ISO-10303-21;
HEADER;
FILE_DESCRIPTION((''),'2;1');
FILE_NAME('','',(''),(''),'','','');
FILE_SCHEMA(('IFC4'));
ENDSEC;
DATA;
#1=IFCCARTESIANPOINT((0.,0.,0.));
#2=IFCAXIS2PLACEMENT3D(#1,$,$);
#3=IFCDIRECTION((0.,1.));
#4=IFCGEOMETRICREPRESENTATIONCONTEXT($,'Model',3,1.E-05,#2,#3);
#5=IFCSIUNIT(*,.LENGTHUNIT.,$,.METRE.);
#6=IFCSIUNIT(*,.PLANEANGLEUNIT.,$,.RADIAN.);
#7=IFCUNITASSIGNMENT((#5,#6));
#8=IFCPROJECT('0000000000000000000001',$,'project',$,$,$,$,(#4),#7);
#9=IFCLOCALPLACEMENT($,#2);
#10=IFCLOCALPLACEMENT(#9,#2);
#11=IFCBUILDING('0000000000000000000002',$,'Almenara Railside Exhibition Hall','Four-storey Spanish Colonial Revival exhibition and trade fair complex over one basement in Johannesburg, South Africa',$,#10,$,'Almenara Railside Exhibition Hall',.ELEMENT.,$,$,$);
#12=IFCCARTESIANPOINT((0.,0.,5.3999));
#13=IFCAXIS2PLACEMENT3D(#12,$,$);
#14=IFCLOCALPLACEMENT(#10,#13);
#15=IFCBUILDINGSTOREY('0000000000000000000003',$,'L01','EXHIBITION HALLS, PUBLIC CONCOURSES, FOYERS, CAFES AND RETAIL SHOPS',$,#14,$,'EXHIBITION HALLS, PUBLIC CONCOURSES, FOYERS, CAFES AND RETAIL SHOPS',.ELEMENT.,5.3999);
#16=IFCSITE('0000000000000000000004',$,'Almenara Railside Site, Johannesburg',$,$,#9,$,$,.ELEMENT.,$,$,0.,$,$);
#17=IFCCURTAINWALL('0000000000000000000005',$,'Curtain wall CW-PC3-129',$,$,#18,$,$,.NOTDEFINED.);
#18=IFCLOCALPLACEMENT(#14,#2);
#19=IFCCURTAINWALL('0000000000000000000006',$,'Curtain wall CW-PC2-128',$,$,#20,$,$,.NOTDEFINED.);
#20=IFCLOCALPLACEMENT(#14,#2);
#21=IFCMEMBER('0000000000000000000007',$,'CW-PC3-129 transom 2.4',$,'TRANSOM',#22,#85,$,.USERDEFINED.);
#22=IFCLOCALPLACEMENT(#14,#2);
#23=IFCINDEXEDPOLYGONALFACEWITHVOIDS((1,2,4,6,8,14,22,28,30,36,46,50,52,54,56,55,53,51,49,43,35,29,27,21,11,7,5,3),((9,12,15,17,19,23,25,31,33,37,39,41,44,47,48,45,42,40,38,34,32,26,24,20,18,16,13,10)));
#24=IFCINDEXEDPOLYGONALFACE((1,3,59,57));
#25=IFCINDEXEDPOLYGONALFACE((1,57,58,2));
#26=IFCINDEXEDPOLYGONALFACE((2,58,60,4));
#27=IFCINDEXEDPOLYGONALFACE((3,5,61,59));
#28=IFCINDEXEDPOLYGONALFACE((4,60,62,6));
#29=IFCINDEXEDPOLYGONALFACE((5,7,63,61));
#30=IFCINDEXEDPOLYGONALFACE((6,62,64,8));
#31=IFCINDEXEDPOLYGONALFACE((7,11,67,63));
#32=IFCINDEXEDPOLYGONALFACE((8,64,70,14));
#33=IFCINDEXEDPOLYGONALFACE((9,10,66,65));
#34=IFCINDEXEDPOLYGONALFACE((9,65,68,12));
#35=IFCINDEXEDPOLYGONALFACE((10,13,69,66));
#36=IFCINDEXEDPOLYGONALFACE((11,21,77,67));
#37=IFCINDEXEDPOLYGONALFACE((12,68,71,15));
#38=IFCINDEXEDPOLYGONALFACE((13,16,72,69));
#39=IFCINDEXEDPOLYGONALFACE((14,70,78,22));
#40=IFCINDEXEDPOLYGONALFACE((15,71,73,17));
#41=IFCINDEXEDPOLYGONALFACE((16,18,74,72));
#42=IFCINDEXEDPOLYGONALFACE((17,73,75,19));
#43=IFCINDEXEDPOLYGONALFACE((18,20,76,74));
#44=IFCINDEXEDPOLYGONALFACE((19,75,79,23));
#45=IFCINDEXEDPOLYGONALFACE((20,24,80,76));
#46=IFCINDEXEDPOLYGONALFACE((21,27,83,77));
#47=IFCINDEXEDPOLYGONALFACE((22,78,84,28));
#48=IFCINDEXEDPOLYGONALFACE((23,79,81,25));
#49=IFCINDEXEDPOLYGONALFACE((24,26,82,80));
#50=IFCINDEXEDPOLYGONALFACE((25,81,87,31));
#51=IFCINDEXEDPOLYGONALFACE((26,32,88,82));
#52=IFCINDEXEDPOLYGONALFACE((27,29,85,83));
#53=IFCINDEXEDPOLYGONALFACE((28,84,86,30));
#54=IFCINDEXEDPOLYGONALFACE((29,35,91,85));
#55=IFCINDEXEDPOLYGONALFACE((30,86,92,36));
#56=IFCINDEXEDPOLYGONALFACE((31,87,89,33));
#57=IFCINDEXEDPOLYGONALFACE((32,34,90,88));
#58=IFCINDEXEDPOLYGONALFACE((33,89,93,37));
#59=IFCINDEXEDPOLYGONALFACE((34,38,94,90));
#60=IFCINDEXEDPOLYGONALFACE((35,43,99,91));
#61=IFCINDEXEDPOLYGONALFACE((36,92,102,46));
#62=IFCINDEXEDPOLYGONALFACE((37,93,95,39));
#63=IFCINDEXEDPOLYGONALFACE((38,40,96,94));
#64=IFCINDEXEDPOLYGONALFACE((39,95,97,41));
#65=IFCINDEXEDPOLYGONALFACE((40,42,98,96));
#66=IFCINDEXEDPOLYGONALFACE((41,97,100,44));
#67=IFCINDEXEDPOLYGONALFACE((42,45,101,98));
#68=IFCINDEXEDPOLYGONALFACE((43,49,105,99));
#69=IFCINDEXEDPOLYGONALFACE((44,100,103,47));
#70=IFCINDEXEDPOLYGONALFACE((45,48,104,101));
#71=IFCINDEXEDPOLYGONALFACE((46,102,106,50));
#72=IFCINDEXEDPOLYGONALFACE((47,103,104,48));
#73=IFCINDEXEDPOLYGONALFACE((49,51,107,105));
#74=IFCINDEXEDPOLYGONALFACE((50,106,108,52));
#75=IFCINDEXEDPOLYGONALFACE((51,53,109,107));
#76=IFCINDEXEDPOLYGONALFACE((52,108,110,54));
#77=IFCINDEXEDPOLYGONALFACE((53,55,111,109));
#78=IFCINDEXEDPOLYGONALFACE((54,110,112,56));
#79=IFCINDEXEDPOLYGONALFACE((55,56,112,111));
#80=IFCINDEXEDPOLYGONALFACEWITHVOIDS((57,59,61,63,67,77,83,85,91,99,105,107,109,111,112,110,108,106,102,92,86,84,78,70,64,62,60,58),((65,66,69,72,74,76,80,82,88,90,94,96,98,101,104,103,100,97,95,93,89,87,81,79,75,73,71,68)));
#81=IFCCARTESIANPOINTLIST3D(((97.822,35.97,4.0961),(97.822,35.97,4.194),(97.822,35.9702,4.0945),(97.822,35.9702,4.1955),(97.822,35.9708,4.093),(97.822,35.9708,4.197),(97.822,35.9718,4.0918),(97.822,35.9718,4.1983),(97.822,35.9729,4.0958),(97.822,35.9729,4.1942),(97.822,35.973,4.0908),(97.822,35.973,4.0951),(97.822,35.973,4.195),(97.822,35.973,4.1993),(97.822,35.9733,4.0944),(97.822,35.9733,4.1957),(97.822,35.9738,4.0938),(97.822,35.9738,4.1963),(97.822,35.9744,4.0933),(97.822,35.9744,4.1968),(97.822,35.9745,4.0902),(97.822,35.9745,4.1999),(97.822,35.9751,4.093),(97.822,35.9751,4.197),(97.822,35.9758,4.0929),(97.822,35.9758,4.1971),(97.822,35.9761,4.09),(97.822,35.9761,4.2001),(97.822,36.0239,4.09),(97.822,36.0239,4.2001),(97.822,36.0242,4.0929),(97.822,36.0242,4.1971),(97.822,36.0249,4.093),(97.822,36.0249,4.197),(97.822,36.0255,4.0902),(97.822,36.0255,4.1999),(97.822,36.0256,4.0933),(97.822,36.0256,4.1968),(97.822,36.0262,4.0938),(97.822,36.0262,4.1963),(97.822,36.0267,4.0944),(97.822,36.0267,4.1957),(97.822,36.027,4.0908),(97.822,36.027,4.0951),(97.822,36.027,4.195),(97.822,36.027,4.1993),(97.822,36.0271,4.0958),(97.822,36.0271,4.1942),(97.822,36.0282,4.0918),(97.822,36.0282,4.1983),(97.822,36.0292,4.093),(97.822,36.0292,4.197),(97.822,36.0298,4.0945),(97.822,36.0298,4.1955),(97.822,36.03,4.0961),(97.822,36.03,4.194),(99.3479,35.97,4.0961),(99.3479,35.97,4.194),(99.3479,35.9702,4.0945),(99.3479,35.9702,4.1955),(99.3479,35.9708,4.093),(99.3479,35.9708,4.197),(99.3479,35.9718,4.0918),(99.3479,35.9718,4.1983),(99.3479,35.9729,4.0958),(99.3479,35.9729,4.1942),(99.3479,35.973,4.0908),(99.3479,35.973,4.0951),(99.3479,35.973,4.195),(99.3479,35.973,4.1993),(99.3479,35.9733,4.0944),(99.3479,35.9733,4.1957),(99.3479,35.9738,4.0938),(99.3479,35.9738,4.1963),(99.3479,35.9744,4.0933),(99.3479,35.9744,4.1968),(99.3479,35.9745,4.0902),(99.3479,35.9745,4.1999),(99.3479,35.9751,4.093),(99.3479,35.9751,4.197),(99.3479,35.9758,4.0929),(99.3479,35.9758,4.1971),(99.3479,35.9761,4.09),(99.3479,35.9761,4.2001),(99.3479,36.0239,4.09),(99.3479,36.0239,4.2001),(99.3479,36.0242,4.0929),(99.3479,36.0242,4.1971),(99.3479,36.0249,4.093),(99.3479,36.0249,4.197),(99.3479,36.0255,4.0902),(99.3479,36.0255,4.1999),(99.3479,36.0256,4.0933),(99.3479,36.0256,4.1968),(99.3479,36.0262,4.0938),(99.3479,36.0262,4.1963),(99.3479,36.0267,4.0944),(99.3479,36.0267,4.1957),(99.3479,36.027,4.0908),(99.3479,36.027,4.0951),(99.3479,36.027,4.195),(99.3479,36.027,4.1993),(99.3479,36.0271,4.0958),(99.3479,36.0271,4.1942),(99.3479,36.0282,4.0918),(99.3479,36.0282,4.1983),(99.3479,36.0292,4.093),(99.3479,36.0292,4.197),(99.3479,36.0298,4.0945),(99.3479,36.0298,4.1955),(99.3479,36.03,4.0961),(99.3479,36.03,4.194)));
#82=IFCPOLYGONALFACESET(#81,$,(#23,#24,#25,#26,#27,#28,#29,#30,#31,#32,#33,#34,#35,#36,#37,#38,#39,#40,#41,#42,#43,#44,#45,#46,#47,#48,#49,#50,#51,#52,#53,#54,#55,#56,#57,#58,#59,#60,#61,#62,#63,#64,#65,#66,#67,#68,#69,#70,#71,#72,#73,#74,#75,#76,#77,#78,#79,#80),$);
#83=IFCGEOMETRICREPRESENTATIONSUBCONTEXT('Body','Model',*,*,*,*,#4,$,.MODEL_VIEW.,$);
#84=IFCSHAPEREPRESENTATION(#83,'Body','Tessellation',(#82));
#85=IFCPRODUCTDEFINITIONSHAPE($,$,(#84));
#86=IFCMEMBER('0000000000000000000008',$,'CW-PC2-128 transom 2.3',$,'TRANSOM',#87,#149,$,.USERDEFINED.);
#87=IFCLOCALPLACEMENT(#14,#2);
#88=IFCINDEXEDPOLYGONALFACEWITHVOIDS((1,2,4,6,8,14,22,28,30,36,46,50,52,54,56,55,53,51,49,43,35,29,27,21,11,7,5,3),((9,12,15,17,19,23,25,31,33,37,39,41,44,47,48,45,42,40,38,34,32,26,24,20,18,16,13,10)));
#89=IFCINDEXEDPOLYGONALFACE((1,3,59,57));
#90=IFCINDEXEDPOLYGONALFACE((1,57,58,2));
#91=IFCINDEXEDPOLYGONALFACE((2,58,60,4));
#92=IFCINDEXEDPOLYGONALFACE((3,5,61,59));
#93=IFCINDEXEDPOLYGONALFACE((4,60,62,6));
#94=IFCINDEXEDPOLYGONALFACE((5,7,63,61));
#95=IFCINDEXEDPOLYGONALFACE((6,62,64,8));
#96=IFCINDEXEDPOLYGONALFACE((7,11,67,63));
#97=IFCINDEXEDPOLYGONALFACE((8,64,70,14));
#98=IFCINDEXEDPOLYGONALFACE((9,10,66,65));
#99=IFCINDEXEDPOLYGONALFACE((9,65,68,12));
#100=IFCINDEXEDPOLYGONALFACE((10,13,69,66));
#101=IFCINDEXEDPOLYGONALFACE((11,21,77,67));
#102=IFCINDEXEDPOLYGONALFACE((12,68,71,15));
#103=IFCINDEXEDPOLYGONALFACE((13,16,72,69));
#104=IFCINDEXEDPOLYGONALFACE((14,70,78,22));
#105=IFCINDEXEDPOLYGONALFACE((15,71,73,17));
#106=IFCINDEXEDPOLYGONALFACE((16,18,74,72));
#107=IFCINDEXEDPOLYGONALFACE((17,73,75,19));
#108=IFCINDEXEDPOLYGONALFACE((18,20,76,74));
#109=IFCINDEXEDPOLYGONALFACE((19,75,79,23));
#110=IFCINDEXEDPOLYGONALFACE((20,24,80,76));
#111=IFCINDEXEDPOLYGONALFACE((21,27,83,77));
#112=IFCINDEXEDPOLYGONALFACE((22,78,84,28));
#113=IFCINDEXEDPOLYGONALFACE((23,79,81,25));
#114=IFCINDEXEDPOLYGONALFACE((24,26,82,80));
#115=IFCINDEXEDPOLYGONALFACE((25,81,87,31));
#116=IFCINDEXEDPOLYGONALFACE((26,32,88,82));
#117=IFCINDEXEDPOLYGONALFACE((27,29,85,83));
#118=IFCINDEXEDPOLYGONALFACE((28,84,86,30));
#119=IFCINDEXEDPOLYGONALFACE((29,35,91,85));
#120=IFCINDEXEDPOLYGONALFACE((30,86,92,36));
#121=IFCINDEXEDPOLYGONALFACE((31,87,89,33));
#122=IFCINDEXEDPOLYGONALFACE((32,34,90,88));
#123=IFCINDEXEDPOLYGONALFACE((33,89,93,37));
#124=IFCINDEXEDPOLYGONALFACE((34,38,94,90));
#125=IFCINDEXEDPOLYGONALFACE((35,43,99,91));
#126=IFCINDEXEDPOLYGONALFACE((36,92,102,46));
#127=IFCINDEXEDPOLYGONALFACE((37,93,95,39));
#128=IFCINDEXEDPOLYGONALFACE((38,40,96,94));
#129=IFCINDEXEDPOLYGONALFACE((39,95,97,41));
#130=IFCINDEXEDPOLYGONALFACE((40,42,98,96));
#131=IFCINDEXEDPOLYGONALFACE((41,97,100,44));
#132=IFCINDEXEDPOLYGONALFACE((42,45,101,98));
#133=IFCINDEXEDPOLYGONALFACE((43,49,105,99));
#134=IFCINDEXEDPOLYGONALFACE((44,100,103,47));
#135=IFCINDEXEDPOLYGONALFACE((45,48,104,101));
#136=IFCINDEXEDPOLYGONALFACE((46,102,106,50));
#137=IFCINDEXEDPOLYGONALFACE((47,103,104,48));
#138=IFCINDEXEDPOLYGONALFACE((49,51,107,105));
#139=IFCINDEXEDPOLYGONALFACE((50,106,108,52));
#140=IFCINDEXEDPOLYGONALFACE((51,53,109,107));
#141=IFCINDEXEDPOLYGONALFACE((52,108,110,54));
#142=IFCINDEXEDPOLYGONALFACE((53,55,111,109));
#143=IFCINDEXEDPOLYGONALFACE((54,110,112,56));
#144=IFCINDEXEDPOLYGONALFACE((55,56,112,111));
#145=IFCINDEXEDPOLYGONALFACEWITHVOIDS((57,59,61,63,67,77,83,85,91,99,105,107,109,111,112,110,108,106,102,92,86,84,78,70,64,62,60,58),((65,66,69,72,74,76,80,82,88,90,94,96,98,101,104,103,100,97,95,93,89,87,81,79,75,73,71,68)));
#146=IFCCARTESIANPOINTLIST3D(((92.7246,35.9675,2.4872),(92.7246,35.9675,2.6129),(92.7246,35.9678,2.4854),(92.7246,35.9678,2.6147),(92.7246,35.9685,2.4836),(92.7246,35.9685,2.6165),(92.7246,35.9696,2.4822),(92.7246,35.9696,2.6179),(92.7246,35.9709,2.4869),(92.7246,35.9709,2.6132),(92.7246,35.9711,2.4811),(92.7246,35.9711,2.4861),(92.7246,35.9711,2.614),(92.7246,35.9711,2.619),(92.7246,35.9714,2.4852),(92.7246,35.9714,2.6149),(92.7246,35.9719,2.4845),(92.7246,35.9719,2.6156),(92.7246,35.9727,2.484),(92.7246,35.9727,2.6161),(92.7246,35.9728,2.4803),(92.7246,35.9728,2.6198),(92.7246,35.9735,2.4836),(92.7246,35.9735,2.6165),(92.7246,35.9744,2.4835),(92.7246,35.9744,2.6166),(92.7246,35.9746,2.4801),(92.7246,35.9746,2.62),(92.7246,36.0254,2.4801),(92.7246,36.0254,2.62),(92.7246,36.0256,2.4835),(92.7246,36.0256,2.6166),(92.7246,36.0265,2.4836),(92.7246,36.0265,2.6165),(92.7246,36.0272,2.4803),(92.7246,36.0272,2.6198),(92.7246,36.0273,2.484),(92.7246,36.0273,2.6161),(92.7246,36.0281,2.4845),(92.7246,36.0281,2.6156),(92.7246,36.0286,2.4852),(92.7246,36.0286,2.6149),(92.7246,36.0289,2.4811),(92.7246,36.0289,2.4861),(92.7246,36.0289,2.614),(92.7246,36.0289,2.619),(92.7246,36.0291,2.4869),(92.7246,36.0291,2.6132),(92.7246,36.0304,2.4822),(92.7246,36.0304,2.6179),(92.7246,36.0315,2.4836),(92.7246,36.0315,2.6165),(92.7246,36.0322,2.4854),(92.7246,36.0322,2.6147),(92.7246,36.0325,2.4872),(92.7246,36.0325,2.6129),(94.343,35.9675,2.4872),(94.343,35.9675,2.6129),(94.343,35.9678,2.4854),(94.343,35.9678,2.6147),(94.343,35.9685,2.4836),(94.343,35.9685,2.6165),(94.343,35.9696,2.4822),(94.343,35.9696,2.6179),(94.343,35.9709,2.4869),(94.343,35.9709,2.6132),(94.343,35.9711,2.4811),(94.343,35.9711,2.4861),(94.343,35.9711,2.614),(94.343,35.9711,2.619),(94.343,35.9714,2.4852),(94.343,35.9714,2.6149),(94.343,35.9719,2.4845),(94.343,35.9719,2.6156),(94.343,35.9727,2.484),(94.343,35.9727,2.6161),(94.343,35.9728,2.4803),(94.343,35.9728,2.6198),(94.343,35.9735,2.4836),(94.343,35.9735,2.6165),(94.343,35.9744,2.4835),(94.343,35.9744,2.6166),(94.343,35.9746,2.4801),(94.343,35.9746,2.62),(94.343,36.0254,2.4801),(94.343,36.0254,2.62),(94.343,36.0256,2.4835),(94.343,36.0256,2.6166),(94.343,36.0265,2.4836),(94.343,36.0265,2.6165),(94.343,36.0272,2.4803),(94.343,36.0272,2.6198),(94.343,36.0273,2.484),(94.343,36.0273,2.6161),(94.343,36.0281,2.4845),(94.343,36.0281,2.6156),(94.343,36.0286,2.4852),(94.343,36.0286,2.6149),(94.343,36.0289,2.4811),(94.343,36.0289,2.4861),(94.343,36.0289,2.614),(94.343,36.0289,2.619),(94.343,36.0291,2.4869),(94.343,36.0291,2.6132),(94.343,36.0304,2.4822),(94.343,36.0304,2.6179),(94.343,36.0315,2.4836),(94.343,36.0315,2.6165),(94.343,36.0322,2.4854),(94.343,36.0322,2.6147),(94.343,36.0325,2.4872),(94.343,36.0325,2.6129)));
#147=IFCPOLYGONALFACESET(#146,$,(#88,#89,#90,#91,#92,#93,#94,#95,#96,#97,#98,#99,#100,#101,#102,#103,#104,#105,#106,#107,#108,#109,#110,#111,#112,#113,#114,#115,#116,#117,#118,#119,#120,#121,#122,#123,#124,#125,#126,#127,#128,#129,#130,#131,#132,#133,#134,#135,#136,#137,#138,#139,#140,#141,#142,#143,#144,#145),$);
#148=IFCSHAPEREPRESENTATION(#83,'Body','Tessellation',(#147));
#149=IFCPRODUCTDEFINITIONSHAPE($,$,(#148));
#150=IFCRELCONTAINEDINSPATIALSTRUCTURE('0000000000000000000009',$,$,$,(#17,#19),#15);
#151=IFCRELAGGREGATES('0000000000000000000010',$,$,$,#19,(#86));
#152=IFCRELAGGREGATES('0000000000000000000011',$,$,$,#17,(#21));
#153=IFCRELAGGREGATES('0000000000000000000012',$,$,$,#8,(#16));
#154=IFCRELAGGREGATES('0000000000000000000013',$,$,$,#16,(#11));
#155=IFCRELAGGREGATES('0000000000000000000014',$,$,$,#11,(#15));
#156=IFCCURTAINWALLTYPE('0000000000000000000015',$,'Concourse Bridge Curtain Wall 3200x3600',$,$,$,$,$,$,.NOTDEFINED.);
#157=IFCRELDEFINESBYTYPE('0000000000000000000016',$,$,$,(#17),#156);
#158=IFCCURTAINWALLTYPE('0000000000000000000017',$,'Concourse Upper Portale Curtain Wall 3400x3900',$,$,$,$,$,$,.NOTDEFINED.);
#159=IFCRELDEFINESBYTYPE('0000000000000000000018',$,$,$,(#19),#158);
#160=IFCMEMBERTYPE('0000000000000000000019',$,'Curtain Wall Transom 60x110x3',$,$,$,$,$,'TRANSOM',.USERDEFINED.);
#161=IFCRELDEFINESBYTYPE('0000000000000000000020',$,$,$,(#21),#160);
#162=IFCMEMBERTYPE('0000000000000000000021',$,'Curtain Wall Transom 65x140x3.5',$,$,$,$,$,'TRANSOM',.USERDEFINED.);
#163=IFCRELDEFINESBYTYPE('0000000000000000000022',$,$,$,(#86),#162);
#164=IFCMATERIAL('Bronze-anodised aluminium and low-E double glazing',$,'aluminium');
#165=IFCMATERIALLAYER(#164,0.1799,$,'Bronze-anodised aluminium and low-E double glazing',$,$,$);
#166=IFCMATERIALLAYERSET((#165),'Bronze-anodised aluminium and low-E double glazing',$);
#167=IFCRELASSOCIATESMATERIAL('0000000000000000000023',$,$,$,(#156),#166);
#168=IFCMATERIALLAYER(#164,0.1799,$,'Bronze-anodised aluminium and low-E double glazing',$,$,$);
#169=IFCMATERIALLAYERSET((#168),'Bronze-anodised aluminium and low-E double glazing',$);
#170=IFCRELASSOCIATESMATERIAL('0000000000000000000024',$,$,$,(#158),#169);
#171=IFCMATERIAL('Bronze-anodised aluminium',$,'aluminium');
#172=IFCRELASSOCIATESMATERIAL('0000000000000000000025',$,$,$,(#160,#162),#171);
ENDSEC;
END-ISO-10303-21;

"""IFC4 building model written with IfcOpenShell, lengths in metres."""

from ifc_helpers import new_model, si_unit, direction, frame, origin, origin_2d, place, context, subcontext, project, spatial, hollow_rectangle, extrude, material, layer, layer_set, material_profile, profile_set, type_object, element, aggregate, save


model = new_model("IFC4")

# Units and contexts
model_context = context("Model", 3, precision=1e-05, world=origin(), true_north=direction((0.0, 1.0)))
body_context = subcontext(model_context, "Body", "Model", "MODEL_VIEW")
ifc_project = project(units=[si_unit("LENGTHUNIT", "METRE"), si_unit("PLANEANGLEUNIT", "RADIAN")], contexts=[model_context])

# Site, building, storey
site_placement = place(None, origin())
site = spatial("IfcSite", under=ifc_project, at=site_placement, Name="Almenara Railside Site, Johannesburg", CompositionType="ELEMENT", RefElevation=0.0)
building_placement = place(site_placement, origin())
building = spatial("IfcBuilding", under=site, at=building_placement, Name="Almenara Railside Exhibition Hall", Description="Four-storey Spanish Colonial Revival exhibition and trade fair complex over one basement in Johannesburg, South Africa", LongName="Almenara Railside Exhibition Hall", CompositionType="ELEMENT")
storey_placement = place(building_placement, frame((0.0, 0.0, 5.3999)))
storey = spatial("IfcBuildingStorey", under=building, at=storey_placement, Name="L01", Description="EXHIBITION HALLS, PUBLIC CONCOURSES, FOYERS, CAFES AND RETAIL SHOPS", LongName="EXHIBITION HALLS, PUBLIC CONCOURSES, FOYERS, CAFES AND RETAIL SHOPS", CompositionType="ELEMENT", Elevation=5.3999)

# Curtain wall
ifc_material_1 = material(Name="Bronze-anodised aluminium and low-E double glazing", Category="aluminium")
ifc_layer_1 = layer(ifc_material_1, 0.1799, Name="Bronze-anodised aluminium and low-E double glazing")
ifc_layer_set_1 = layer_set([ifc_layer_1], Name="Bronze-anodised aluminium and low-E double glazing")
curtain_wall_type_1 = type_object("IfcCurtainWallType", Name="Concourse Bridge Curtain Wall 3200x3600", PredefinedType="NOTDEFINED", material=ifc_layer_set_1)
curtain_wall_1_placement = place(storey_placement, origin())
curtain_wall_1 = element("IfcCurtainWall", 1, at=curtain_wall_1_placement, inside=storey, type_object=curtain_wall_type_1, Name="Curtain wall CW-PC3-129", PredefinedType="NOTDEFINED")
ifc_material_2 = material(Name="Bronze-anodised aluminium", Category="aluminium")

# Curtain wall
ifc_layer_2 = layer(ifc_material_1, 0.1799, Name="Bronze-anodised aluminium and low-E double glazing")
ifc_layer_set_2 = layer_set([ifc_layer_2], Name="Bronze-anodised aluminium and low-E double glazing")
curtain_wall_type_2 = type_object("IfcCurtainWallType", Name="Concourse Upper Portale Curtain Wall 3400x3900", PredefinedType="NOTDEFINED", material=ifc_layer_set_2)
curtain_wall_2_placement = place(storey_placement, origin())
curtain_wall_2 = element("IfcCurtainWall", 2, at=curtain_wall_2_placement, inside=storey, type_object=curtain_wall_type_2, Name="Curtain wall CW-PC2-128", PredefinedType="NOTDEFINED")

# Members
ifc_material_profile_1 = material_profile(ifc_material_2, hollow_rectangle(XDim=0.0601, YDim=0.1101, WallThickness=0.0029, InnerFilletRadius=0.0029, OuterFilletRadius=0.0061, at=origin_2d()), Name="ALU-TRN 60x110x3")
ifc_profile_set_1 = profile_set([ifc_material_profile_1], Name="Bronze-anodised aluminium")
member_type_1 = type_object("IfcMemberType", Name="Curtain Wall Transom 60x110x3", ElementType="TRANSOM", PredefinedType="USERDEFINED", material=ifc_profile_set_1)
member_1_placement = place(storey_placement, frame((97.822, 36.0, 4.145), z_axis=(1.0, 0.0, 0.0), x_axis=(0.0, 1.0, 0.0)))
member_1 = element("IfcMember", 3, at=member_1_placement, type_object=member_type_1, Name="CW-PC3-129 transom 2.4", ObjectType="TRANSOM", PredefinedType="USERDEFINED", context=body_context, shape_type="SweptSolid", body=[
    extrude(hollow_rectangle(XDim=0.0601, YDim=0.1101, WallThickness=0.0029, InnerFilletRadius=0.0029, OuterFilletRadius=0.0061, at=origin_2d()), origin(), (0.0, 0.0, 1.0), 1.5259),
])
ifc_material_profile_2 = material_profile(ifc_material_2, hollow_rectangle(XDim=0.0649, YDim=0.1399, WallThickness=0.0034, InnerFilletRadius=0.0034, OuterFilletRadius=0.0071, at=origin_2d()), Name="ALU-TRN 65x140x3.5")
ifc_profile_set_2 = profile_set([ifc_material_profile_2], Name="Bronze-anodised aluminium")
member_type_2 = type_object("IfcMemberType", Name="Curtain Wall Transom 65x140x3.5", ElementType="TRANSOM", PredefinedType="USERDEFINED", material=ifc_profile_set_2)
member_2_placement = place(storey_placement, frame((92.7246, 36.0, 2.55), z_axis=(1.0, 0.0, 0.0), x_axis=(0.0, 1.0, 0.0)))
member_2 = element("IfcMember", 4, at=member_2_placement, type_object=member_type_2, Name="CW-PC2-128 transom 2.3", ObjectType="TRANSOM", PredefinedType="USERDEFINED", context=body_context, shape_type="SweptSolid", body=[
    extrude(hollow_rectangle(XDim=0.0649, YDim=0.1399, WallThickness=0.0034, InnerFilletRadius=0.0034, OuterFilletRadius=0.0071, at=origin_2d()), origin(), (0.0, 0.0, 1.0), 1.6184),
])

aggregate(curtain_wall_2, [member_2])
aggregate(curtain_wall_1, [member_1])

save(model, "model.ifc")
